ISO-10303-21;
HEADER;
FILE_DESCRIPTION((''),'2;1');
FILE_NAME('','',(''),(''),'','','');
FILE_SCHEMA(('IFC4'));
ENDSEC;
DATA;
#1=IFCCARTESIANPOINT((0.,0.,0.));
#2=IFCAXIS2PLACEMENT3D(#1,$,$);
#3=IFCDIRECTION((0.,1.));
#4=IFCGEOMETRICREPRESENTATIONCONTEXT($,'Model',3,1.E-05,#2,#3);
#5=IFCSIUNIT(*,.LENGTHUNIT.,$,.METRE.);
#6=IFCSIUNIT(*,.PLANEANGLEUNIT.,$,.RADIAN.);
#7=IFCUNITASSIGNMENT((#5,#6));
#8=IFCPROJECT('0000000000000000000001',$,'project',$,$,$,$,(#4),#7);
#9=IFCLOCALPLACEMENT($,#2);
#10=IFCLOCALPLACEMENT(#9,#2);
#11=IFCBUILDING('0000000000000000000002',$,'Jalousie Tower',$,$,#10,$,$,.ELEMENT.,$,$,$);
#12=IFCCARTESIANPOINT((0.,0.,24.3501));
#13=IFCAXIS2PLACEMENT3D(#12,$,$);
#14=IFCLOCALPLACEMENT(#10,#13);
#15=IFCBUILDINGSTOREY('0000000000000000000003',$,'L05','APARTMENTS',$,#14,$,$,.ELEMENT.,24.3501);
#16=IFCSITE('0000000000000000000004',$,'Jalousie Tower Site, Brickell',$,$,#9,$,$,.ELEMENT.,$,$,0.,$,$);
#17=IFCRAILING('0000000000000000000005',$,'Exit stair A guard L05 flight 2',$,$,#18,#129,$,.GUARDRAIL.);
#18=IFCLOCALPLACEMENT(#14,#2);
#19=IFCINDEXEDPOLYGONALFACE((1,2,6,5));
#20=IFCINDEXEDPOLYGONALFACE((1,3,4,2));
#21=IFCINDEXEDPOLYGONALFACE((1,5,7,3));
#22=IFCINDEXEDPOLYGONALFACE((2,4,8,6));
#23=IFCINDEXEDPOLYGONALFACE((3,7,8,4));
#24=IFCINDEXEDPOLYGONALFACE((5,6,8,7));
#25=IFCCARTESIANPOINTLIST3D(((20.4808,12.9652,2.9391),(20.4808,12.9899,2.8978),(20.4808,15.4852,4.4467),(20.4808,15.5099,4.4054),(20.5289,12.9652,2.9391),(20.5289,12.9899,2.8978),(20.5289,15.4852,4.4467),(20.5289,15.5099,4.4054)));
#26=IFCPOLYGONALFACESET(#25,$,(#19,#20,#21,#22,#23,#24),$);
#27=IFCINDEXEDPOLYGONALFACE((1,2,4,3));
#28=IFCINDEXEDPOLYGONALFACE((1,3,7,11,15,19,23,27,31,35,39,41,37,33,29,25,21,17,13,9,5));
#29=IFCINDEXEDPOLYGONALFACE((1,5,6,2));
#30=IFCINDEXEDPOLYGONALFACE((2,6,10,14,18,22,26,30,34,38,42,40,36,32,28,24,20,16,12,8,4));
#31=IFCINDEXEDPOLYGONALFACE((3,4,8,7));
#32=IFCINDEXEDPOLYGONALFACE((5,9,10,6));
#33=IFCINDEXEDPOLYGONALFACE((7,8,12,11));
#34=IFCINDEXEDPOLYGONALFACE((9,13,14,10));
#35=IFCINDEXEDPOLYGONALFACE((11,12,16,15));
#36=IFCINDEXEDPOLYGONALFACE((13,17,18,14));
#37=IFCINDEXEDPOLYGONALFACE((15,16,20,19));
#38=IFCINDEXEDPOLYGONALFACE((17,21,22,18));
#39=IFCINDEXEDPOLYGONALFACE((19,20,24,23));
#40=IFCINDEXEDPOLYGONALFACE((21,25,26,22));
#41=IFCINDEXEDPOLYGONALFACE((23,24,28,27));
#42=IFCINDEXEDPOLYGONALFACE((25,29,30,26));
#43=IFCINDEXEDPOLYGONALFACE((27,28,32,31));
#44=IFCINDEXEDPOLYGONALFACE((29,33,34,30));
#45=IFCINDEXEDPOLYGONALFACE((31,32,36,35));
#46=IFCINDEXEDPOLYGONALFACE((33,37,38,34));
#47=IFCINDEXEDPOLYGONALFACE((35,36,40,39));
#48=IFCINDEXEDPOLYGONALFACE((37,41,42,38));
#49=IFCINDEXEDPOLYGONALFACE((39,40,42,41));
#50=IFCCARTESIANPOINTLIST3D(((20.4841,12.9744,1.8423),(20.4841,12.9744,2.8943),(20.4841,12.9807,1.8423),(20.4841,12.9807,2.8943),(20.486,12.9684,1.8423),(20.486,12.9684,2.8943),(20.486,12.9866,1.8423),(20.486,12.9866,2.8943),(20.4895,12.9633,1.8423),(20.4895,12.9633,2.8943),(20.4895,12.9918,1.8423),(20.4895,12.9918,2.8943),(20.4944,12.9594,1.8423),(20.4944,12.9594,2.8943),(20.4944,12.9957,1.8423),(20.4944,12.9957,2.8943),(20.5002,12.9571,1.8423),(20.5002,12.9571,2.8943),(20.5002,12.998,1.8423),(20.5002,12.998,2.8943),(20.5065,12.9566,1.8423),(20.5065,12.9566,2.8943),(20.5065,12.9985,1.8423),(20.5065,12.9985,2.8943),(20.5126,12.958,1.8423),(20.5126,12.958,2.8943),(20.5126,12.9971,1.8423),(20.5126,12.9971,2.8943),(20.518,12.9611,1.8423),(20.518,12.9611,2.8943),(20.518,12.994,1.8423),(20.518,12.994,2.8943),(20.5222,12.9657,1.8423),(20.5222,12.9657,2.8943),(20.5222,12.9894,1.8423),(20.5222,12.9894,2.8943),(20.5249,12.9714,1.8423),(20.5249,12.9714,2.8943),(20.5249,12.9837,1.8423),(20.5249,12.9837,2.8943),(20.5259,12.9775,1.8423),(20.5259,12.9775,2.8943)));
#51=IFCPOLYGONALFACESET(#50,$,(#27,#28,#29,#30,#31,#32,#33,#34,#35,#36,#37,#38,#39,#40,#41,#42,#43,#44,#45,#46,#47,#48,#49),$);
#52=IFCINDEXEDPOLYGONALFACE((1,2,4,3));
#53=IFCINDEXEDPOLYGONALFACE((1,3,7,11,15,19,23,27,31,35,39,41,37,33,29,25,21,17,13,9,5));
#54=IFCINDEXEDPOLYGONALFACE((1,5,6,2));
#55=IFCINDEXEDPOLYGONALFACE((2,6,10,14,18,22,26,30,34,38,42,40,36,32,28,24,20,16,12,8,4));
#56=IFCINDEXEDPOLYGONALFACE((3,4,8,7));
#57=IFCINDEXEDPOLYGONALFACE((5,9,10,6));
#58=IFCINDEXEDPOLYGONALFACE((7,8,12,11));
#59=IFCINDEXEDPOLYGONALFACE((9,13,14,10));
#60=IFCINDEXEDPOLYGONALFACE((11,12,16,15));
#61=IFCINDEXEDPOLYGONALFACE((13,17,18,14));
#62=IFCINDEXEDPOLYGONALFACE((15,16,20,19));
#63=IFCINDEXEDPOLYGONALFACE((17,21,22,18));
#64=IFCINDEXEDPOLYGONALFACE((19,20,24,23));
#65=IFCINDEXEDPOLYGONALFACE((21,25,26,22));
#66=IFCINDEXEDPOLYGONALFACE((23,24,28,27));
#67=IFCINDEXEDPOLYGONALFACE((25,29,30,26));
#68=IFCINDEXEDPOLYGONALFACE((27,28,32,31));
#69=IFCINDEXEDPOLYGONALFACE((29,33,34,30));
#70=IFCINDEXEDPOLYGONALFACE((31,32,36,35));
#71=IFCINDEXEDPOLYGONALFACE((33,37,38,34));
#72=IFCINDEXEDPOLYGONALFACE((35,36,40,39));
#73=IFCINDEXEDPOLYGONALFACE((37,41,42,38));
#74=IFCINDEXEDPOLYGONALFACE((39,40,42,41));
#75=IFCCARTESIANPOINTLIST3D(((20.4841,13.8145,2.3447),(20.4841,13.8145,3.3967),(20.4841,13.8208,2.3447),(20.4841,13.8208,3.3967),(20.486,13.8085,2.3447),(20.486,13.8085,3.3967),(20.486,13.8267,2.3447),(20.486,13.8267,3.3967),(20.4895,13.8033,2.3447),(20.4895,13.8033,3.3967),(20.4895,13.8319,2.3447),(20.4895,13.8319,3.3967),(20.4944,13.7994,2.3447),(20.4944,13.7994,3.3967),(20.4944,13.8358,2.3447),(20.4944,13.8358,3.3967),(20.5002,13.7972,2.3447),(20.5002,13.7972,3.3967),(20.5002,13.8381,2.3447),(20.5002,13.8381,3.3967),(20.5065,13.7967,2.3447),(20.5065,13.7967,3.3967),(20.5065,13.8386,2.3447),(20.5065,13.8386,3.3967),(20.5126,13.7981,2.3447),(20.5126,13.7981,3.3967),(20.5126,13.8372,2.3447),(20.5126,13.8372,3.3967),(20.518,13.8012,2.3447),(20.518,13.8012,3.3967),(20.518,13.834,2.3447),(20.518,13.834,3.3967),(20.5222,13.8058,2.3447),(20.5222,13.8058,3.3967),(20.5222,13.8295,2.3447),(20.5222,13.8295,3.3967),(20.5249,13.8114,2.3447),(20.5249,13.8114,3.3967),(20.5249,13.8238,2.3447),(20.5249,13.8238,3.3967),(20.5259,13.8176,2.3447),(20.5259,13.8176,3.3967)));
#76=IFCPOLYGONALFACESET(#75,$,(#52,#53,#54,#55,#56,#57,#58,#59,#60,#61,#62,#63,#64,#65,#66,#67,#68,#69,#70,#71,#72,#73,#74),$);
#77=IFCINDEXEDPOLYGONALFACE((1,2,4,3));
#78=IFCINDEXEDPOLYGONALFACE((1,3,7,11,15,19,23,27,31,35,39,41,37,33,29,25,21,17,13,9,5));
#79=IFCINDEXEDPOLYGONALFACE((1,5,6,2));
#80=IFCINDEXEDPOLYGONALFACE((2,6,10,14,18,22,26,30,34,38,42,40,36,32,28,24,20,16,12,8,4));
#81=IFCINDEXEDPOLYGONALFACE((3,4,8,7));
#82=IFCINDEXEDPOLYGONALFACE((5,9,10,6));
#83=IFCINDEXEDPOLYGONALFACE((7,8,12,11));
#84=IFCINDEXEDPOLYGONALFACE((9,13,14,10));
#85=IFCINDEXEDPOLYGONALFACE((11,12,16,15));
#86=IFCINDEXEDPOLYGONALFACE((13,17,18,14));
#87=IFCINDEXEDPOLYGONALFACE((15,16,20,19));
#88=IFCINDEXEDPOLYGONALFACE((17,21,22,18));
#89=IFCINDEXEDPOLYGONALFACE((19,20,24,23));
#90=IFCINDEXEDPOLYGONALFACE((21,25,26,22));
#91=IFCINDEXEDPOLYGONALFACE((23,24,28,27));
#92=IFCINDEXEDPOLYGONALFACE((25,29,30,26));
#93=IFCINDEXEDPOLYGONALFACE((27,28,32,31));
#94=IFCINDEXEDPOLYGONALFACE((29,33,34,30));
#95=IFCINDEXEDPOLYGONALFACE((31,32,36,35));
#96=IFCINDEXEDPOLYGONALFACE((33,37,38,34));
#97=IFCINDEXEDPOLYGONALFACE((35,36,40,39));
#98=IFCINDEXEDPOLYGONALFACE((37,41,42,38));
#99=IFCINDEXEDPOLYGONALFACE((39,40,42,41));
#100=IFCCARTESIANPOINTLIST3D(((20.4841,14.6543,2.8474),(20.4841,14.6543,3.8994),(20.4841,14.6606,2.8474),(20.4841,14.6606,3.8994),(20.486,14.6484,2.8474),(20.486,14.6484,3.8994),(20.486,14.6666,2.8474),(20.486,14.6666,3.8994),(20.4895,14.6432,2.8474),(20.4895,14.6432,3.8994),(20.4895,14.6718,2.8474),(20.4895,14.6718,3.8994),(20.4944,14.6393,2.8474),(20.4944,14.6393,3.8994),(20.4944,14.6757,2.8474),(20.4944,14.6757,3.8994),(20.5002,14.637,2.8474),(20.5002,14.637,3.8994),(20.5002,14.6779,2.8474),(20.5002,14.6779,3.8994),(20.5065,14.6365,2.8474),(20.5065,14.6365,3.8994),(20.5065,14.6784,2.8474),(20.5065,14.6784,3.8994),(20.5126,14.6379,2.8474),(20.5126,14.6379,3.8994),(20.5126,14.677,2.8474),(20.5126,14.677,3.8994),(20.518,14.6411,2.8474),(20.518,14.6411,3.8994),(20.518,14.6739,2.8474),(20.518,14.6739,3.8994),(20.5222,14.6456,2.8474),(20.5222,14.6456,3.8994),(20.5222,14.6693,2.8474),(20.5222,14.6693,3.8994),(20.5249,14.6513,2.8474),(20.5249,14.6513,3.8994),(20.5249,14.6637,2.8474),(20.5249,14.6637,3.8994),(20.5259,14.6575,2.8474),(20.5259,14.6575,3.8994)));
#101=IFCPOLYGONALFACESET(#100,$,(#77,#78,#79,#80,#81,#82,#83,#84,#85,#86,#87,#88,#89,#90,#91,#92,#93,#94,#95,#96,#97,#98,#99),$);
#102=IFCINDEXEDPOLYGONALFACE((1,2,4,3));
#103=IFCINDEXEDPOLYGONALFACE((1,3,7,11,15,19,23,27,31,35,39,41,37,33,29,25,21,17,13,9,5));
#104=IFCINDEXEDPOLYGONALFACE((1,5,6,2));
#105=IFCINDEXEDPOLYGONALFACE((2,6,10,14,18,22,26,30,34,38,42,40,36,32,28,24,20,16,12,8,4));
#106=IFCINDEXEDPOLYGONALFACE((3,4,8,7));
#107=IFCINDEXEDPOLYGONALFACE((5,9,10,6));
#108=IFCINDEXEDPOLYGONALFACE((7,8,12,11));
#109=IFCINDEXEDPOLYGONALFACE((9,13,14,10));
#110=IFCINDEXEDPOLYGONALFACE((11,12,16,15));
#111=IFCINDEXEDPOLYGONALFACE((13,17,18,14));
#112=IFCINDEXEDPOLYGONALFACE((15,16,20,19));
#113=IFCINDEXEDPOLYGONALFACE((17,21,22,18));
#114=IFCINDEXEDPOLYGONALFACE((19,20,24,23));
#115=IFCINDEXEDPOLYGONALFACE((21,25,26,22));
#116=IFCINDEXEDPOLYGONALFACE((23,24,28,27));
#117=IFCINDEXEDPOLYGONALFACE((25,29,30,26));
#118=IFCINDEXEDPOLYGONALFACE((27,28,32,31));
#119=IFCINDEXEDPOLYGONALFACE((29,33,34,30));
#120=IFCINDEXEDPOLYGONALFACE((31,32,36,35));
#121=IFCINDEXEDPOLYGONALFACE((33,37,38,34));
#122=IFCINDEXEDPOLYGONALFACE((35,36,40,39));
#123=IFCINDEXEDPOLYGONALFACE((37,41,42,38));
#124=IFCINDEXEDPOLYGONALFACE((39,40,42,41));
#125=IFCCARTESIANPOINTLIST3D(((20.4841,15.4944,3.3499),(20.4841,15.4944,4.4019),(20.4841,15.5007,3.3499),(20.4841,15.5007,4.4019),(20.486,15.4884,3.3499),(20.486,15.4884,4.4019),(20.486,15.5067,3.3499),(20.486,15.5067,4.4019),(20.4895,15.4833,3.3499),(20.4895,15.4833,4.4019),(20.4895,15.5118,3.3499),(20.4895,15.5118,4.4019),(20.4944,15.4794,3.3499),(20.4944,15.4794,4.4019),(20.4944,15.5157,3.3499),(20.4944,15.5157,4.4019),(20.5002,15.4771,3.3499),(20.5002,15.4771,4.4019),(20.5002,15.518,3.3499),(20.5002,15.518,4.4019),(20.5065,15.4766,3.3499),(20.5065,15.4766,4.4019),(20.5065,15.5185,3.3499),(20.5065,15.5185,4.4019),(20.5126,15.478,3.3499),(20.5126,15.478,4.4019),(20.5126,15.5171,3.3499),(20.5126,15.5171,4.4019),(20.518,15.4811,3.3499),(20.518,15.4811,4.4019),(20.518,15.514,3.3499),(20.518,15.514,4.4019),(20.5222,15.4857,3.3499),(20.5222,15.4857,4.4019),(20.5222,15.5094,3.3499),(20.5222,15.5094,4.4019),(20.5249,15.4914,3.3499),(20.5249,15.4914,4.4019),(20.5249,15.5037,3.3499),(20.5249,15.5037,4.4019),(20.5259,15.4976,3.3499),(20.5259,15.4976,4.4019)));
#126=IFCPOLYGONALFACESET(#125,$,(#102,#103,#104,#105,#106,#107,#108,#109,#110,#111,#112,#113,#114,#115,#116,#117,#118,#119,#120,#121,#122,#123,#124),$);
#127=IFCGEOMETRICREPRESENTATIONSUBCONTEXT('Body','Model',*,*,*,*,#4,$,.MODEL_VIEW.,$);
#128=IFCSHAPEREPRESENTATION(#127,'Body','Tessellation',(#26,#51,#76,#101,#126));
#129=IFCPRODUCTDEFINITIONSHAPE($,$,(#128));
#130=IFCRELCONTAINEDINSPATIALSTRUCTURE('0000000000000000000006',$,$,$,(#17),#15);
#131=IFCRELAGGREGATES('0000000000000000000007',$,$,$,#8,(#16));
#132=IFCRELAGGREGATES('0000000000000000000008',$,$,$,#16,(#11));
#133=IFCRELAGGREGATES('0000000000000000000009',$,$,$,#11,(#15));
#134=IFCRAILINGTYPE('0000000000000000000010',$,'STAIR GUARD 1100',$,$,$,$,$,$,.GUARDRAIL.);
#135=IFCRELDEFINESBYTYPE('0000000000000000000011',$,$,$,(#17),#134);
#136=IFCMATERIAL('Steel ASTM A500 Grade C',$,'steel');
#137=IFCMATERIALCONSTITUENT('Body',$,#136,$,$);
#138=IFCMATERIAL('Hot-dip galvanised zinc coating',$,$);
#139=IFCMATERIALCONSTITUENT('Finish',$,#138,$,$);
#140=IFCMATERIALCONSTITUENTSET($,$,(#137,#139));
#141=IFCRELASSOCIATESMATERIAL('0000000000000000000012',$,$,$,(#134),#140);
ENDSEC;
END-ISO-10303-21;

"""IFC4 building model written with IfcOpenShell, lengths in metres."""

from ifc_helpers import new_model, si_unit, direction, frame, origin, origin_2d, place, context, subcontext, project, spatial, rectangle, circle, extrude, material, constituent, constituent_set, type_object, element, save


model = new_model("IFC4")

# Units and contexts
model_context = context("Model", 3, precision=1e-05, world=origin(), true_north=direction((0.0, 1.0)))
body_context = subcontext(model_context, "Body", "Model", "MODEL_VIEW")
ifc_project = project(units=[si_unit("LENGTHUNIT", "METRE"), si_unit("PLANEANGLEUNIT", "RADIAN")], contexts=[model_context])

# Site, building, storey
site_placement = place(None, origin())
site = spatial("IfcSite", under=ifc_project, at=site_placement, Name="Jalousie Tower Site, Brickell", CompositionType="ELEMENT", RefElevation=0.0)
building_placement = place(site_placement, origin())
building = spatial("IfcBuilding", under=site, at=building_placement, Name="Jalousie Tower", CompositionType="ELEMENT")
storey_placement = place(building_placement, frame((0.0, 0.0, 24.3501)))
storey = spatial("IfcBuildingStorey", under=building, at=storey_placement, Name="L05", Description="APARTMENTS", CompositionType="ELEMENT", Elevation=24.3501)

# Railing
ifc_material_1 = material(Name="Steel ASTM A500 Grade C", Category="steel")
ifc_constituent_1 = constituent(ifc_material_1, Name="Body")
ifc_material_2 = material(Name="Hot-dip galvanised zinc coating")
ifc_constituent_2 = constituent(ifc_material_2, Name="Finish")
ifc_constituent_set_1 = constituent_set(constituents=[ifc_constituent_1, ifc_constituent_2])
railing_type_1 = type_object("IfcRailingType", Name="STAIR GUARD 1100", PredefinedType="GUARDRAIL", material=ifc_constituent_set_1)
railing_1_placement = place(storey_placement, frame((20.5049, 12.9775, 1.8423)))
element("IfcRailing", 1, at=railing_1_placement, inside=storey, type_object=railing_type_1, Name="Exit stair A guard L05 flight 2", PredefinedType="GUARDRAIL", context=body_context, shape_type="SweptSolid", body=[
    extrude(rectangle(XDim=0.0481, YDim=0.0481, at=origin_2d()), frame((0.0, 0.0, 1.0762), z_axis=(0.0, 0.85816, 0.513383), x_axis=(-1.0, 0.0, 0.0)), (0.0, 0.0, 1.0), 2.9365),
    extrude(circle(Radius=0.021, at=origin_2d()), origin(), (0.0, 0.0, 1.0), 1.052),
    extrude(circle(Radius=0.021, at=origin_2d()), frame((0.0, 0.8401, 0.5024)), (0.0, 0.0, 1.0), 1.052),
    extrude(circle(Radius=0.021, at=origin_2d()), frame((0.0, 1.6799, 1.0051)), (0.0, 0.0, 1.0), 1.052),
    extrude(circle(Radius=0.021, at=origin_2d()), frame((0.0, 2.52, 1.5076)), (0.0, 0.0, 1.0), 1.052),
])

save(model, "model.ifc")
